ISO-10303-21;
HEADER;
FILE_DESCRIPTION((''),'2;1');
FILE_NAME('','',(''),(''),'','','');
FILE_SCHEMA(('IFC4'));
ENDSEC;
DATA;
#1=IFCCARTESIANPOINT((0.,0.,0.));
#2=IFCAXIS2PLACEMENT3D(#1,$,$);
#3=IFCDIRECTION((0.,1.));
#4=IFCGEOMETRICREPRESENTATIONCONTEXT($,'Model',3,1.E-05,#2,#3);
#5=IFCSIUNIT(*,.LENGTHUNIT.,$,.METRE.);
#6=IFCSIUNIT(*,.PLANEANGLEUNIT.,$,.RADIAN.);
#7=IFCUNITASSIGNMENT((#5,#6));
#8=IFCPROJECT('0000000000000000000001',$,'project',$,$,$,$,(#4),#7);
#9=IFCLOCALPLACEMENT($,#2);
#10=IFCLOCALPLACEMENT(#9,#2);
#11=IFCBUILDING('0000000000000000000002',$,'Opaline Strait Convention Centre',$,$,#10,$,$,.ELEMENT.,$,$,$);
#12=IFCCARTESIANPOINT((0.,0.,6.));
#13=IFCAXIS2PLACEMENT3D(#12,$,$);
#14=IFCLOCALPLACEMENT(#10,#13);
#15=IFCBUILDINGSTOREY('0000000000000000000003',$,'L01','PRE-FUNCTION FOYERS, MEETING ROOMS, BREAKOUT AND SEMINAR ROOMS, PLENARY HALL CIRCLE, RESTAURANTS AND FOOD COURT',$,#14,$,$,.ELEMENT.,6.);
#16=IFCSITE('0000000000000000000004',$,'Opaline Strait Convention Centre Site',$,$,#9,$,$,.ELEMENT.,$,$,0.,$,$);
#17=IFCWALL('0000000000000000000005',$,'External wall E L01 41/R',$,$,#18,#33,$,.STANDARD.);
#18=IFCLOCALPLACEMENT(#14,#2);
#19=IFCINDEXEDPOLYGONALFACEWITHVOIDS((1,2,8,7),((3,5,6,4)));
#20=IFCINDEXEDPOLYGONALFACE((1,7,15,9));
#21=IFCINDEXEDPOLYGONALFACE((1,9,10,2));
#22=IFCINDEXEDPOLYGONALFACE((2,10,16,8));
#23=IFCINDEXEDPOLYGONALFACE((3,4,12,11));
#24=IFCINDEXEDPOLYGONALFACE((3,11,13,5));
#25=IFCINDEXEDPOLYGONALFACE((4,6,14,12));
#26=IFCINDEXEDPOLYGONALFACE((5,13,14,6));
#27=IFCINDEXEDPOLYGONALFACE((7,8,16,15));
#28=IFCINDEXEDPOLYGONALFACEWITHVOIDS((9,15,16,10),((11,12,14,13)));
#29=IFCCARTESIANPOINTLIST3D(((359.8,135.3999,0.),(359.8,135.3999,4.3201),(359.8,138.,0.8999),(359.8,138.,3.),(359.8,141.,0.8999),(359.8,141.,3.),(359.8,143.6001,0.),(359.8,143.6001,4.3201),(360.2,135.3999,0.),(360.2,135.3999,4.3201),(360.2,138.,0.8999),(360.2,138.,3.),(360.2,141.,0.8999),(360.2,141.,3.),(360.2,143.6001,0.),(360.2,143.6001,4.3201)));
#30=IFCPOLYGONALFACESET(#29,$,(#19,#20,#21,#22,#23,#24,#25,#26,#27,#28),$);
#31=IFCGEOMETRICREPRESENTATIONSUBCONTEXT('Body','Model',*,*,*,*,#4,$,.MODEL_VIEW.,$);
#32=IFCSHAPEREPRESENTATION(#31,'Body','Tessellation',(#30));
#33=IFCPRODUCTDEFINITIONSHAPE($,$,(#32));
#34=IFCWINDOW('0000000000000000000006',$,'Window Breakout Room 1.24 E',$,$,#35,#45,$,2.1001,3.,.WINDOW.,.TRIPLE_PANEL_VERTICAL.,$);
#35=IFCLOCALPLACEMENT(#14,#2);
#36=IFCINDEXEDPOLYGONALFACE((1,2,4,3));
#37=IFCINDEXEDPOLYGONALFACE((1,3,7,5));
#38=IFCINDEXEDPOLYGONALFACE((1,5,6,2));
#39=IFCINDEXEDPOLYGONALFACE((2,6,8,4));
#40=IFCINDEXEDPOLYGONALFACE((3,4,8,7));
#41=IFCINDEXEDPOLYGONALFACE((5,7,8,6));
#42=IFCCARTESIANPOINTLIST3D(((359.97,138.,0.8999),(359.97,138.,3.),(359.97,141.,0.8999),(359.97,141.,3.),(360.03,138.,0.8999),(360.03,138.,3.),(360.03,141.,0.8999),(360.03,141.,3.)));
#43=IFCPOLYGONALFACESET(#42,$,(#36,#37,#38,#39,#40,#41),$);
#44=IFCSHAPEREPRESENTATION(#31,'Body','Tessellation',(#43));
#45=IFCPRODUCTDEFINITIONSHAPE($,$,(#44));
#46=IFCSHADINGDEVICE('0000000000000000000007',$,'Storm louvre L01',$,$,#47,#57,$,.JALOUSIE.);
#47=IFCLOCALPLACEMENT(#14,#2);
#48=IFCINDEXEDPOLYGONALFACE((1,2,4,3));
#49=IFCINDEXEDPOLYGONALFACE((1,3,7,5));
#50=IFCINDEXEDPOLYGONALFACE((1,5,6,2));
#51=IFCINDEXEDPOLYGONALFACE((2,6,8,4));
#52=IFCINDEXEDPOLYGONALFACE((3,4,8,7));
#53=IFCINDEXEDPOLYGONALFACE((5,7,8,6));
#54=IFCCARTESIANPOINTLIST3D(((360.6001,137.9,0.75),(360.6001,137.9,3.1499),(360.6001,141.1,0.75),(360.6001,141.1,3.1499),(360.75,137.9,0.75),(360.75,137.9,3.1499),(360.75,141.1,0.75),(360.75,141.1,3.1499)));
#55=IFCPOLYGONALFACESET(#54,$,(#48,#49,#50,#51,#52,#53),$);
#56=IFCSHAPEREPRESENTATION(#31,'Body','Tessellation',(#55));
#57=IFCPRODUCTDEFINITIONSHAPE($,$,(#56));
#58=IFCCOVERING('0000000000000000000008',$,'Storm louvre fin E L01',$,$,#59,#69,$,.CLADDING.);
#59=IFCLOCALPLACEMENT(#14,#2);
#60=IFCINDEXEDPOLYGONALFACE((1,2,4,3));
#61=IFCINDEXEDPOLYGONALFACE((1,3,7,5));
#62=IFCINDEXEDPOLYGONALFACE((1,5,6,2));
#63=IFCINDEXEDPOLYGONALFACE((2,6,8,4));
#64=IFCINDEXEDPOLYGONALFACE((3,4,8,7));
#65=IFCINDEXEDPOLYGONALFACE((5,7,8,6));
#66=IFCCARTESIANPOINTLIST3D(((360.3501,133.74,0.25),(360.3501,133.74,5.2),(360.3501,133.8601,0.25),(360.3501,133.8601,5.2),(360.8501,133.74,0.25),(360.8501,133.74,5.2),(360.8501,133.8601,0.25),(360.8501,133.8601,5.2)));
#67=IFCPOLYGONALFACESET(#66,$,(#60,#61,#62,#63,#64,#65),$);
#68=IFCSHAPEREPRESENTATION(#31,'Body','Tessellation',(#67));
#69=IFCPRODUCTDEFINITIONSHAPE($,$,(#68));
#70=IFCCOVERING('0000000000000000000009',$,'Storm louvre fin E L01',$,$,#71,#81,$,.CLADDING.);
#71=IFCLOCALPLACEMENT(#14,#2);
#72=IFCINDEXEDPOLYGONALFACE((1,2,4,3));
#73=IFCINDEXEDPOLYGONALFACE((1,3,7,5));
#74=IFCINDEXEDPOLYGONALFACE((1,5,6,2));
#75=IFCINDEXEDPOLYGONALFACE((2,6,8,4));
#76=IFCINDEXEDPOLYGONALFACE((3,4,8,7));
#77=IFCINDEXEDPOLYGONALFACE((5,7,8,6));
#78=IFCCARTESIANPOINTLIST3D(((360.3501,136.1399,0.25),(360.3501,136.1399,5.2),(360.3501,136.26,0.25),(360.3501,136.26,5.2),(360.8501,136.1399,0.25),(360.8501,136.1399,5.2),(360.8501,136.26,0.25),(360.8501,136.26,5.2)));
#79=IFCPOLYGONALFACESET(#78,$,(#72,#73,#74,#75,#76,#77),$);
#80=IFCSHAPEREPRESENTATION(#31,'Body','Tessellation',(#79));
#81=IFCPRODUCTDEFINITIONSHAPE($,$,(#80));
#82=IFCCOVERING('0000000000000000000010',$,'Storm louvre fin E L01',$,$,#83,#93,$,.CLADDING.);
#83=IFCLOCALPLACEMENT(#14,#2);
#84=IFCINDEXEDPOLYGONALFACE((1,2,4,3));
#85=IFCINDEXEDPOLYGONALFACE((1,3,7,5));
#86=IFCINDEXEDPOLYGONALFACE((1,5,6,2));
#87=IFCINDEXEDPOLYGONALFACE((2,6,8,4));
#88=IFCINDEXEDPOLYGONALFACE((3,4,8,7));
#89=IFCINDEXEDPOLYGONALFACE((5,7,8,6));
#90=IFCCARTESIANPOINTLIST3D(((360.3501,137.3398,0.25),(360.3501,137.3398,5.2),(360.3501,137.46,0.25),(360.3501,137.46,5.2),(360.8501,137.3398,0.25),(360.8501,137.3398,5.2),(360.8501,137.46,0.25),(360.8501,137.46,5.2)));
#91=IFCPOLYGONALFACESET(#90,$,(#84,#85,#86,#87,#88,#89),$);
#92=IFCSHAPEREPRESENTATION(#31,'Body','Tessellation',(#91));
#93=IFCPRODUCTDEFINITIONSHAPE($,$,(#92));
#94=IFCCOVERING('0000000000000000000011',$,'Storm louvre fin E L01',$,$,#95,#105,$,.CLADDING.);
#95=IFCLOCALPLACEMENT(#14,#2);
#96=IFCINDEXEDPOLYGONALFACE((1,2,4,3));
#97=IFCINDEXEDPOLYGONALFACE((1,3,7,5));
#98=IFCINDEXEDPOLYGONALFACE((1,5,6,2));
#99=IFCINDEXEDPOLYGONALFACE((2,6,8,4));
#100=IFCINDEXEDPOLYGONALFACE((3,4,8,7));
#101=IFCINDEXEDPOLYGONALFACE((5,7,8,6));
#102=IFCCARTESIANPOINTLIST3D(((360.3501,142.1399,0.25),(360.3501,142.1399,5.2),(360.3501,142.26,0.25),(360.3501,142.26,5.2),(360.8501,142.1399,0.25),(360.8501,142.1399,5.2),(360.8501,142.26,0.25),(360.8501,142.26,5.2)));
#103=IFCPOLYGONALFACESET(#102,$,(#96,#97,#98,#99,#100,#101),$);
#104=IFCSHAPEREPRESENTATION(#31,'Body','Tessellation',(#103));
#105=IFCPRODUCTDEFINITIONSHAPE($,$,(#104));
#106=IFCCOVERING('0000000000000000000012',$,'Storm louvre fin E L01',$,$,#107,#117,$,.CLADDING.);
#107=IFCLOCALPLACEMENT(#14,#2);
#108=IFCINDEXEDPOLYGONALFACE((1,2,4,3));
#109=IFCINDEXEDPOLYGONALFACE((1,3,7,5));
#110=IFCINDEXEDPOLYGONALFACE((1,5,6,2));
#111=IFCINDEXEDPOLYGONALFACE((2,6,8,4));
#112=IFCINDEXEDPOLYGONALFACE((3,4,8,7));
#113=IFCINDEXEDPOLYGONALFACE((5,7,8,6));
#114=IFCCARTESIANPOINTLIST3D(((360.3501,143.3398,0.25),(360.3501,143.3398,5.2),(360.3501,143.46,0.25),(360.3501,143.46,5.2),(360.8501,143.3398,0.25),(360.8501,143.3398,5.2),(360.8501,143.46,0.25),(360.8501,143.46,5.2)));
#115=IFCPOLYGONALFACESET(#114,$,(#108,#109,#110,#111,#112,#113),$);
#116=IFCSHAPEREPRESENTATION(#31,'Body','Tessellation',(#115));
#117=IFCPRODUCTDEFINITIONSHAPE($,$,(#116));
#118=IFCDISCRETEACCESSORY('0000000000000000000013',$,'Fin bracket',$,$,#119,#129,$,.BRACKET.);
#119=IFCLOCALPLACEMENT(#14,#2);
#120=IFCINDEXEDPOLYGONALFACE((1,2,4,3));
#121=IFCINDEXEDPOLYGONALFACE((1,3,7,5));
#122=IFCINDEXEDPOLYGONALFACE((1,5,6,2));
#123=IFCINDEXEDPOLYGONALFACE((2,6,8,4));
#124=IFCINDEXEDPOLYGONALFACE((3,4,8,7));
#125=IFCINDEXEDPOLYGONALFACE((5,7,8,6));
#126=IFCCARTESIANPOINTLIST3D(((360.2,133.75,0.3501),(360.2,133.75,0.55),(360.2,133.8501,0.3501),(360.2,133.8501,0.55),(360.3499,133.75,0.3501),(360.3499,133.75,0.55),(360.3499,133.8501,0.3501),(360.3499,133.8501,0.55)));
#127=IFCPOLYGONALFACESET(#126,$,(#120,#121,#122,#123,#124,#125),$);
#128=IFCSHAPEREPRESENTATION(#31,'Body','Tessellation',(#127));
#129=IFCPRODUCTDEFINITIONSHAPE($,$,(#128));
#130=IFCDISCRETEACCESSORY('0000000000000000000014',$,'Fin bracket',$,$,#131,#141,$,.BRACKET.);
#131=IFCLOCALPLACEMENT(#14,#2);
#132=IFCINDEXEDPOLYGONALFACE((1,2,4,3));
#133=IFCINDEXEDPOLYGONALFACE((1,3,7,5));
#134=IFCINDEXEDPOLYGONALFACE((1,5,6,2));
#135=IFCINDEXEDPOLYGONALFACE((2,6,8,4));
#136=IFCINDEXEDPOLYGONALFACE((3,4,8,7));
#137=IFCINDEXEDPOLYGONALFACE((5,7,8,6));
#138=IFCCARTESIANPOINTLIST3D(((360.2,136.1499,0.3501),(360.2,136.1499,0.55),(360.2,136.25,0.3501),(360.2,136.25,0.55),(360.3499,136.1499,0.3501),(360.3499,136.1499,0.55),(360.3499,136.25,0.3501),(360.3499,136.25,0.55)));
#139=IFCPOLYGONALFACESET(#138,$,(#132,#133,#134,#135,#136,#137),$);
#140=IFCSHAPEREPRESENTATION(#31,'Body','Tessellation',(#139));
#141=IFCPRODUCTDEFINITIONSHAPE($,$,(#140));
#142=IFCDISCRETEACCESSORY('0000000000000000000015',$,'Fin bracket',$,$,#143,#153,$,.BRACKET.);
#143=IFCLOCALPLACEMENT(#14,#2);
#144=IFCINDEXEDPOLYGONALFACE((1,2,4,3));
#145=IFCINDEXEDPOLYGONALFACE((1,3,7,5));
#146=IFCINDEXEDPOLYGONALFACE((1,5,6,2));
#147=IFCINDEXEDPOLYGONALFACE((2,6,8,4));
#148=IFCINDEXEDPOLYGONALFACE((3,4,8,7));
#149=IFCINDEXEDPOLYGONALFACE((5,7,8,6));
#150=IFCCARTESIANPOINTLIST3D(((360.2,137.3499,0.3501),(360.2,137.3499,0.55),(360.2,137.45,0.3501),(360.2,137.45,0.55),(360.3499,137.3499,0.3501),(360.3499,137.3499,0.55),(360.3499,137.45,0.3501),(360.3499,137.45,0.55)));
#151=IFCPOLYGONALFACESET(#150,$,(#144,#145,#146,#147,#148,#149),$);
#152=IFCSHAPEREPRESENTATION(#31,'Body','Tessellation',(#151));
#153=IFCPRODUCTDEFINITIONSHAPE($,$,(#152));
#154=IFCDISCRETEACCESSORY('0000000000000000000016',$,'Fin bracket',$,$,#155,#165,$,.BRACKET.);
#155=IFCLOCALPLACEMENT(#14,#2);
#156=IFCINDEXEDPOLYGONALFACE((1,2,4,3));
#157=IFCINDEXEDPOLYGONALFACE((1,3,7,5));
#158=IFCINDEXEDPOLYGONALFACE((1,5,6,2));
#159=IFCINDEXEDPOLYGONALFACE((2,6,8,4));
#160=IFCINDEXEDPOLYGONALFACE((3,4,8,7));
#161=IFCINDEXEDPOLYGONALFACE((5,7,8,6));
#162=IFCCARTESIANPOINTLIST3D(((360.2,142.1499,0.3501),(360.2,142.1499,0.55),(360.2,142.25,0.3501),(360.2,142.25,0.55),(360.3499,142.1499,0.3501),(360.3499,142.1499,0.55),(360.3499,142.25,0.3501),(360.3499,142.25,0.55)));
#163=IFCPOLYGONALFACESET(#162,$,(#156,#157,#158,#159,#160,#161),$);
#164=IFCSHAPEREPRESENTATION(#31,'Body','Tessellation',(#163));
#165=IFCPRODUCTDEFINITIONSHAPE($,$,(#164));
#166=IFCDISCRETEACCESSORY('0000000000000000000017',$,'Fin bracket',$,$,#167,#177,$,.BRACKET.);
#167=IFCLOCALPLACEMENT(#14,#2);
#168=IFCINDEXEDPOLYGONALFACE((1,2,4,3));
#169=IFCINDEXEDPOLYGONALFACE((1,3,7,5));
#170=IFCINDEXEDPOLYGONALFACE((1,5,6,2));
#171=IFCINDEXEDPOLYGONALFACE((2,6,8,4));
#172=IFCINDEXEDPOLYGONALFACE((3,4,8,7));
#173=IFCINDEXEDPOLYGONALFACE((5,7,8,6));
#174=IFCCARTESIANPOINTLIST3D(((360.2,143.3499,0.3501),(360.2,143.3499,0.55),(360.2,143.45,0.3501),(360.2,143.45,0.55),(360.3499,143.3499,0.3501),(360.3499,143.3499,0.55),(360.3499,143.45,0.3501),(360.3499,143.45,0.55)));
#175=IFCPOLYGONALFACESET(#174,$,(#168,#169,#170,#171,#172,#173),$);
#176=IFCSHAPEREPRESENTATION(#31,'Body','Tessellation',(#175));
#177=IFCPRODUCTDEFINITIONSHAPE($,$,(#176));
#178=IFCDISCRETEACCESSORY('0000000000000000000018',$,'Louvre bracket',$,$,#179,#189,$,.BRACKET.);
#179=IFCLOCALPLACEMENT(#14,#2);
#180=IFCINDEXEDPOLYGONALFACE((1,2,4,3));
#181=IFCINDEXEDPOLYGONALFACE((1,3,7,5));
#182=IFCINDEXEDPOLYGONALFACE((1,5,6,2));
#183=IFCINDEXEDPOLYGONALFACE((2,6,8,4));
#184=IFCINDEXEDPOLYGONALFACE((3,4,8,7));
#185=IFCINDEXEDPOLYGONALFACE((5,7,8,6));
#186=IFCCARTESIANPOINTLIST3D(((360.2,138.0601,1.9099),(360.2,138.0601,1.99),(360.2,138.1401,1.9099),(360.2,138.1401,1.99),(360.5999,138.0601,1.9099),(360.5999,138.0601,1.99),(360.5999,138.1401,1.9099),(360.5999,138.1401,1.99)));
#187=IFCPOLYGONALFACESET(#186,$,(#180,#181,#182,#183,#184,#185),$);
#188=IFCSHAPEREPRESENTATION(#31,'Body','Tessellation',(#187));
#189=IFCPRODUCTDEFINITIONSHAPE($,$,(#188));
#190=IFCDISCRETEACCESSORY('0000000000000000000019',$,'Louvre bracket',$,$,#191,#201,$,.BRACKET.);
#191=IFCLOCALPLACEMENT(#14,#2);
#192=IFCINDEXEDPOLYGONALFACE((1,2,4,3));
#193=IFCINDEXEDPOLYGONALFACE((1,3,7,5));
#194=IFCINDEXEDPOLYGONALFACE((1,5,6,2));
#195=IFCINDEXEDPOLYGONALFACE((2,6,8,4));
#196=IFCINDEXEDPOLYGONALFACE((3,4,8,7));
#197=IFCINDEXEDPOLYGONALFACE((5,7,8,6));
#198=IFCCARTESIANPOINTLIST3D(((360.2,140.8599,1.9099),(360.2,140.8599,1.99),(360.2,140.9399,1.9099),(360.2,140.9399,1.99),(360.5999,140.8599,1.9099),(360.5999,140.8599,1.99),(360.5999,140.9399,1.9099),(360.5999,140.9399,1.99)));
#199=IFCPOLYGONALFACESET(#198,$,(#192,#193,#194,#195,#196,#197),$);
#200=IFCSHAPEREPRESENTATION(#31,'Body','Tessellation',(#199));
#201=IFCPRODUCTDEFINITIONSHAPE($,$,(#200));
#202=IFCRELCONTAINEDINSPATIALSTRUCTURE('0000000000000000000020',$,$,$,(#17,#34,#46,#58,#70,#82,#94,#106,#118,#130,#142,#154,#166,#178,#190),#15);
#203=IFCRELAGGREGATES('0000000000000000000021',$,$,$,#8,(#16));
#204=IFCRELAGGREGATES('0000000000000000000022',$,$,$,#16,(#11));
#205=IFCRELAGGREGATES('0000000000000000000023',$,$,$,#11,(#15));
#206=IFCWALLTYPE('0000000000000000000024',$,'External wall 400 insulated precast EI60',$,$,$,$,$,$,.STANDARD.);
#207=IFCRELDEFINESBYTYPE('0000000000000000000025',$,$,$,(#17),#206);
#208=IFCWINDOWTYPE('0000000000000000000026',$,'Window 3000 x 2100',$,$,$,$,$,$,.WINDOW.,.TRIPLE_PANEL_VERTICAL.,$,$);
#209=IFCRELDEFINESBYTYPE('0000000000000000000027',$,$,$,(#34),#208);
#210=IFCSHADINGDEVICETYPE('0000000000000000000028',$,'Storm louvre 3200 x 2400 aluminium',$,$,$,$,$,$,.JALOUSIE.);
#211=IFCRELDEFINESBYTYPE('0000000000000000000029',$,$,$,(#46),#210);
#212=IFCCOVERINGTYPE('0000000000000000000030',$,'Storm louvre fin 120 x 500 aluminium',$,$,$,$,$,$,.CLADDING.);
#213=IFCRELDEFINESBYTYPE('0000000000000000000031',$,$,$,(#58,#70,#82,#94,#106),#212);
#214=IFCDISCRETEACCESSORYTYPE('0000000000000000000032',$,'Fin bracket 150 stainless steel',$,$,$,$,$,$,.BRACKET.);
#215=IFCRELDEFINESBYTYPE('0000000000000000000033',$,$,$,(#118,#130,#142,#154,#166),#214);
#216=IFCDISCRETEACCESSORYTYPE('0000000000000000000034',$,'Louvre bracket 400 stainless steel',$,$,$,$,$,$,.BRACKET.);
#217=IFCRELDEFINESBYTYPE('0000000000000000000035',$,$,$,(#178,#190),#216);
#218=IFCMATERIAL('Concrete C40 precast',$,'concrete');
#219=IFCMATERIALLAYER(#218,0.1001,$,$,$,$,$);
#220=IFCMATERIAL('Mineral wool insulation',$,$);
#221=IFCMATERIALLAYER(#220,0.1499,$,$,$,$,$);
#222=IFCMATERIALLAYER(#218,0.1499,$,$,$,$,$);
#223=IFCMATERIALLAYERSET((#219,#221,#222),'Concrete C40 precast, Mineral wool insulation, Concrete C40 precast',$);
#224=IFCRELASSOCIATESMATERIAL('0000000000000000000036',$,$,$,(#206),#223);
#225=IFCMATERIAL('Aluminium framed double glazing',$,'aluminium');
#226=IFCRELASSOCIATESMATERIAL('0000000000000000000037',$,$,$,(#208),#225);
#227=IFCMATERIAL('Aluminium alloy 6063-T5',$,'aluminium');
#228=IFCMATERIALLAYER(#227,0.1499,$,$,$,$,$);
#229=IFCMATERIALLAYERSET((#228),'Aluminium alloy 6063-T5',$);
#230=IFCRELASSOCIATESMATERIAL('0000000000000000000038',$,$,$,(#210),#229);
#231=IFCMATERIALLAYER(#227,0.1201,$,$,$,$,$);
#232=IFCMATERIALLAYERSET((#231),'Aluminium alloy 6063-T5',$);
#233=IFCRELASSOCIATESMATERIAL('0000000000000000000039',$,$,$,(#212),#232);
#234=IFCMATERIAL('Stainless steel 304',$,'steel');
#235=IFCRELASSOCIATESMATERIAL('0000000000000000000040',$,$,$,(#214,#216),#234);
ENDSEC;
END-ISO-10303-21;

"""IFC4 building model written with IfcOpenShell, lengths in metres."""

from ifc_helpers import new_model, si_unit, direction, frame, frame_2d, origin, origin_2d, place, context, subcontext, project, spatial, rectangle, extrude, material, layer, layer_set, type_object, element, fill, save


model = new_model("IFC4")

# Units and contexts
model_context = context("Model", 3, precision=1e-05, world=origin(), true_north=direction((0.0, 1.0)))
body_context = subcontext(model_context, "Body", "Model", "MODEL_VIEW")
ifc_project = project(units=[si_unit("LENGTHUNIT", "METRE"), si_unit("PLANEANGLEUNIT", "RADIAN")], contexts=[model_context])

# Site, building, storey
site_placement = place(None, origin())
site = spatial("IfcSite", under=ifc_project, at=site_placement, Name="Opaline Strait Convention Centre Site", CompositionType="ELEMENT", RefElevation=0.0)
building_placement = place(site_placement, origin())
building = spatial("IfcBuilding", under=site, at=building_placement, Name="Opaline Strait Convention Centre", CompositionType="ELEMENT")
storey_placement = place(building_placement, frame((0.0, 0.0, 6.0)))
storey = spatial("IfcBuildingStorey", under=building, at=storey_placement, Name="L01", Description="PRE-FUNCTION FOYERS, MEETING ROOMS, BREAKOUT AND SEMINAR ROOMS, PLENARY HALL CIRCLE, RESTAURANTS AND FOOD COURT", CompositionType="ELEMENT", Elevation=6.0)

# Wall, opening, window
ifc_material_1 = material(Name="Concrete C40 precast", Category="concrete")
ifc_layer_1 = layer(ifc_material_1, 0.1001)
ifc_material_2 = material(Name="Mineral wool insulation")
ifc_layer_2 = layer(ifc_material_2, 0.1499)
ifc_layer_3 = layer(ifc_material_1, 0.1499)
ifc_layer_set_1 = layer_set([ifc_layer_1, ifc_layer_2, ifc_layer_3], Name="Concrete C40 precast, Mineral wool insulation, Concrete C40 precast")
wall_type_1 = type_object("IfcWallType", Name="External wall 400 insulated precast EI60", PredefinedType="STANDARD", material=ifc_layer_set_1)
wall_1_placement = place(storey_placement, frame((360.0, 135.3999, 0.0), z_axis=(0.0, 0.0, 1.0), x_axis=(0.0, 1.0, 0.0)))
wall_1 = element("IfcWall", 1, at=wall_1_placement, inside=storey, type_object=wall_type_1, Name="External wall E L01 41/R", PredefinedType="STANDARD", context=body_context, shape_type="SweptSolid", body=[
    extrude(rectangle(XDim=8.2002, YDim=0.3999, at=frame_2d((4.1001, 0.0))), origin(), (0.0, 0.0, 1.0), 4.3201),
])
opening_1_placement = place(wall_1_placement, frame((2.6001, 0.0, 0.8999)))
opening_1 = element("IfcOpeningElement", 2, at=opening_1_placement, cuts=wall_1, PredefinedType="OPENING", context=body_context, shape_type="SweptSolid", body=[
    extrude(rectangle(XDim=3.0, YDim=2.1001, at=frame_2d((1.5, 1.05))), frame((0.0, 0.21, 0.0), z_axis=(0.0, -1.0, 0.0), x_axis=(1.0, 0.0, 0.0)), (0.0, 0.0, 1.0), 0.4199),
])
ifc_material_3 = material(Name="Aluminium framed double glazing", Category="aluminium")
window_type = type_object("IfcWindowType", Name="Window 3000 x 2100", PartitioningType="TRIPLE_PANEL_VERTICAL", PredefinedType="WINDOW", material=ifc_material_3)
window_placement = place(opening_1_placement, origin())
window = element("IfcWindow", 3, at=window_placement, inside=storey, type_object=window_type, Name="Window Breakout Room 1.24 E", OverallHeight=2.1001, OverallWidth=3.0, PartitioningType="TRIPLE_PANEL_VERTICAL", PredefinedType="WINDOW", context=body_context, shape_type="SweptSolid", body=[
    extrude(rectangle(XDim=3.0, YDim=2.1001, at=frame_2d((1.5, 1.05))), frame((0.0, 0.03, 0.0), z_axis=(0.0, -1.0, 0.0), x_axis=(1.0, 0.0, 0.0)), (0.0, 0.0, 1.0), 0.0601),
])
fill(opening_1, window)

# Shading device
ifc_material_4 = material(Name="Aluminium alloy 6063-T5", Category="aluminium")
ifc_layer_4 = layer(ifc_material_4, 0.1499)
ifc_layer_set_2 = layer_set([ifc_layer_4], Name="Aluminium alloy 6063-T5")
shading_device_type = type_object("IfcShadingDeviceType", Name="Storm louvre 3200 x 2400 aluminium", PredefinedType="JALOUSIE", material=ifc_layer_set_2)
shading_device_placement = place(storey_placement, frame((360.675, 139.5, 0.75), z_axis=(0.0, 0.0, 1.0), x_axis=(1.0, 0.0, 0.0)))
element("IfcShadingDevice", 4, at=shading_device_placement, inside=storey, type_object=shading_device_type, Name="Storm louvre L01", PredefinedType="JALOUSIE", context=body_context, shape_type="SweptSolid", body=[
    extrude(rectangle(XDim=0.1499, YDim=3.2, at=origin_2d()), origin(), (0.0, 0.0, 1.0), 2.3999),
])

# Coverings
ifc_layer_5 = layer(ifc_material_4, 0.1201)
ifc_layer_set_3 = layer_set([ifc_layer_5], Name="Aluminium alloy 6063-T5")
covering_type = type_object("IfcCoveringType", Name="Storm louvre fin 120 x 500 aluminium", PredefinedType="CLADDING", material=ifc_layer_set_3)
for number, where, z_axis, x_axis, name in (
    (5, (360.6001, 133.8, 0.25), (0.0, 0.0, 1.0), (1.0, 0.0, 0.0), "Storm louvre fin E L01"),
    (6, (360.6001, 136.2, 0.25), (0.0, 0.0, 1.0), (1.0, 0.0, 0.0), "Storm louvre fin E L01"),
    (7, (360.6001, 137.3999, 0.25), (0.0, 0.0, 1.0), (1.0, 0.0, 0.0), "Storm louvre fin E L01"),
    (8, (360.6001, 142.2, 0.25), (0.0, 0.0, 1.0), (1.0, 0.0, 0.0), "Storm louvre fin E L01"),
    (9, (360.6001, 143.3999, 0.25), (0.0, 0.0, 1.0), (1.0, 0.0, 0.0), "Storm louvre fin E L01"),
):
    element("IfcCovering", number, at=place(storey_placement, frame(where, z_axis=z_axis, x_axis=x_axis)), inside=storey, type_object=covering_type, Name=name, PredefinedType="CLADDING", context=body_context, shape_type="SweptSolid", body=[
        extrude(rectangle(XDim=0.5, YDim=0.1201, at=origin_2d()), origin(), (0.0, 0.0, 1.0), 4.95),
    ])

# Discrete accessories
ifc_material_5 = material(Name="Stainless steel 304", Category="steel")
discrete_accessory_type_1 = type_object("IfcDiscreteAccessoryType", Name="Fin bracket 150 stainless steel", PredefinedType="BRACKET", material=ifc_material_5)
for number, where, z_axis, x_axis, name in (
    (10, (360.2749, 133.8, 0.3501), (0.0, 0.0, 1.0), (1.0, 0.0, 0.0), "Fin bracket"),
    (11, (360.2749, 136.2, 0.3501), (0.0, 0.0, 1.0), (1.0, 0.0, 0.0), "Fin bracket"),
    (12, (360.2749, 137.3999, 0.3501), (0.0, 0.0, 1.0), (1.0, 0.0, 0.0), "Fin bracket"),
    (13, (360.2749, 142.2, 0.3501), (0.0, 0.0, 1.0), (1.0, 0.0, 0.0), "Fin bracket"),
    (14, (360.2749, 143.3999, 0.3501), (0.0, 0.0, 1.0), (1.0, 0.0, 0.0), "Fin bracket"),
):
    element("IfcDiscreteAccessory", number, at=place(storey_placement, frame(where, z_axis=z_axis, x_axis=x_axis)), inside=storey, type_object=discrete_accessory_type_1, Name=name, PredefinedType="BRACKET", context=body_context, shape_type="SweptSolid", body=[
        extrude(rectangle(XDim=0.1499, YDim=0.1001, at=origin_2d()), origin(), (0.0, 0.0, 1.0), 0.2),
    ])
discrete_accessory_type_2 = type_object("IfcDiscreteAccessoryType", Name="Louvre bracket 400 stainless steel", PredefinedType="BRACKET", material=ifc_material_5)
for number, where, z_axis, x_axis, name in (
    (15, (360.3999, 138.1001, 1.9099), (0.0, 0.0, 1.0), (1.0, 0.0, 0.0), "Louvre bracket"),
    (16, (360.3999, 140.8999, 1.9099), (0.0, 0.0, 1.0), (1.0, 0.0, 0.0), "Louvre bracket"),
):
    element("IfcDiscreteAccessory", number, at=place(storey_placement, frame(where, z_axis=z_axis, x_axis=x_axis)), inside=storey, type_object=discrete_accessory_type_2, Name=name, PredefinedType="BRACKET", context=body_context, shape_type="SweptSolid", body=[
        extrude(rectangle(XDim=0.3999, YDim=0.0801, at=origin_2d()), origin(), (0.0, 0.0, 1.0), 0.0801),
    ])

save(model, "model.ifc")
